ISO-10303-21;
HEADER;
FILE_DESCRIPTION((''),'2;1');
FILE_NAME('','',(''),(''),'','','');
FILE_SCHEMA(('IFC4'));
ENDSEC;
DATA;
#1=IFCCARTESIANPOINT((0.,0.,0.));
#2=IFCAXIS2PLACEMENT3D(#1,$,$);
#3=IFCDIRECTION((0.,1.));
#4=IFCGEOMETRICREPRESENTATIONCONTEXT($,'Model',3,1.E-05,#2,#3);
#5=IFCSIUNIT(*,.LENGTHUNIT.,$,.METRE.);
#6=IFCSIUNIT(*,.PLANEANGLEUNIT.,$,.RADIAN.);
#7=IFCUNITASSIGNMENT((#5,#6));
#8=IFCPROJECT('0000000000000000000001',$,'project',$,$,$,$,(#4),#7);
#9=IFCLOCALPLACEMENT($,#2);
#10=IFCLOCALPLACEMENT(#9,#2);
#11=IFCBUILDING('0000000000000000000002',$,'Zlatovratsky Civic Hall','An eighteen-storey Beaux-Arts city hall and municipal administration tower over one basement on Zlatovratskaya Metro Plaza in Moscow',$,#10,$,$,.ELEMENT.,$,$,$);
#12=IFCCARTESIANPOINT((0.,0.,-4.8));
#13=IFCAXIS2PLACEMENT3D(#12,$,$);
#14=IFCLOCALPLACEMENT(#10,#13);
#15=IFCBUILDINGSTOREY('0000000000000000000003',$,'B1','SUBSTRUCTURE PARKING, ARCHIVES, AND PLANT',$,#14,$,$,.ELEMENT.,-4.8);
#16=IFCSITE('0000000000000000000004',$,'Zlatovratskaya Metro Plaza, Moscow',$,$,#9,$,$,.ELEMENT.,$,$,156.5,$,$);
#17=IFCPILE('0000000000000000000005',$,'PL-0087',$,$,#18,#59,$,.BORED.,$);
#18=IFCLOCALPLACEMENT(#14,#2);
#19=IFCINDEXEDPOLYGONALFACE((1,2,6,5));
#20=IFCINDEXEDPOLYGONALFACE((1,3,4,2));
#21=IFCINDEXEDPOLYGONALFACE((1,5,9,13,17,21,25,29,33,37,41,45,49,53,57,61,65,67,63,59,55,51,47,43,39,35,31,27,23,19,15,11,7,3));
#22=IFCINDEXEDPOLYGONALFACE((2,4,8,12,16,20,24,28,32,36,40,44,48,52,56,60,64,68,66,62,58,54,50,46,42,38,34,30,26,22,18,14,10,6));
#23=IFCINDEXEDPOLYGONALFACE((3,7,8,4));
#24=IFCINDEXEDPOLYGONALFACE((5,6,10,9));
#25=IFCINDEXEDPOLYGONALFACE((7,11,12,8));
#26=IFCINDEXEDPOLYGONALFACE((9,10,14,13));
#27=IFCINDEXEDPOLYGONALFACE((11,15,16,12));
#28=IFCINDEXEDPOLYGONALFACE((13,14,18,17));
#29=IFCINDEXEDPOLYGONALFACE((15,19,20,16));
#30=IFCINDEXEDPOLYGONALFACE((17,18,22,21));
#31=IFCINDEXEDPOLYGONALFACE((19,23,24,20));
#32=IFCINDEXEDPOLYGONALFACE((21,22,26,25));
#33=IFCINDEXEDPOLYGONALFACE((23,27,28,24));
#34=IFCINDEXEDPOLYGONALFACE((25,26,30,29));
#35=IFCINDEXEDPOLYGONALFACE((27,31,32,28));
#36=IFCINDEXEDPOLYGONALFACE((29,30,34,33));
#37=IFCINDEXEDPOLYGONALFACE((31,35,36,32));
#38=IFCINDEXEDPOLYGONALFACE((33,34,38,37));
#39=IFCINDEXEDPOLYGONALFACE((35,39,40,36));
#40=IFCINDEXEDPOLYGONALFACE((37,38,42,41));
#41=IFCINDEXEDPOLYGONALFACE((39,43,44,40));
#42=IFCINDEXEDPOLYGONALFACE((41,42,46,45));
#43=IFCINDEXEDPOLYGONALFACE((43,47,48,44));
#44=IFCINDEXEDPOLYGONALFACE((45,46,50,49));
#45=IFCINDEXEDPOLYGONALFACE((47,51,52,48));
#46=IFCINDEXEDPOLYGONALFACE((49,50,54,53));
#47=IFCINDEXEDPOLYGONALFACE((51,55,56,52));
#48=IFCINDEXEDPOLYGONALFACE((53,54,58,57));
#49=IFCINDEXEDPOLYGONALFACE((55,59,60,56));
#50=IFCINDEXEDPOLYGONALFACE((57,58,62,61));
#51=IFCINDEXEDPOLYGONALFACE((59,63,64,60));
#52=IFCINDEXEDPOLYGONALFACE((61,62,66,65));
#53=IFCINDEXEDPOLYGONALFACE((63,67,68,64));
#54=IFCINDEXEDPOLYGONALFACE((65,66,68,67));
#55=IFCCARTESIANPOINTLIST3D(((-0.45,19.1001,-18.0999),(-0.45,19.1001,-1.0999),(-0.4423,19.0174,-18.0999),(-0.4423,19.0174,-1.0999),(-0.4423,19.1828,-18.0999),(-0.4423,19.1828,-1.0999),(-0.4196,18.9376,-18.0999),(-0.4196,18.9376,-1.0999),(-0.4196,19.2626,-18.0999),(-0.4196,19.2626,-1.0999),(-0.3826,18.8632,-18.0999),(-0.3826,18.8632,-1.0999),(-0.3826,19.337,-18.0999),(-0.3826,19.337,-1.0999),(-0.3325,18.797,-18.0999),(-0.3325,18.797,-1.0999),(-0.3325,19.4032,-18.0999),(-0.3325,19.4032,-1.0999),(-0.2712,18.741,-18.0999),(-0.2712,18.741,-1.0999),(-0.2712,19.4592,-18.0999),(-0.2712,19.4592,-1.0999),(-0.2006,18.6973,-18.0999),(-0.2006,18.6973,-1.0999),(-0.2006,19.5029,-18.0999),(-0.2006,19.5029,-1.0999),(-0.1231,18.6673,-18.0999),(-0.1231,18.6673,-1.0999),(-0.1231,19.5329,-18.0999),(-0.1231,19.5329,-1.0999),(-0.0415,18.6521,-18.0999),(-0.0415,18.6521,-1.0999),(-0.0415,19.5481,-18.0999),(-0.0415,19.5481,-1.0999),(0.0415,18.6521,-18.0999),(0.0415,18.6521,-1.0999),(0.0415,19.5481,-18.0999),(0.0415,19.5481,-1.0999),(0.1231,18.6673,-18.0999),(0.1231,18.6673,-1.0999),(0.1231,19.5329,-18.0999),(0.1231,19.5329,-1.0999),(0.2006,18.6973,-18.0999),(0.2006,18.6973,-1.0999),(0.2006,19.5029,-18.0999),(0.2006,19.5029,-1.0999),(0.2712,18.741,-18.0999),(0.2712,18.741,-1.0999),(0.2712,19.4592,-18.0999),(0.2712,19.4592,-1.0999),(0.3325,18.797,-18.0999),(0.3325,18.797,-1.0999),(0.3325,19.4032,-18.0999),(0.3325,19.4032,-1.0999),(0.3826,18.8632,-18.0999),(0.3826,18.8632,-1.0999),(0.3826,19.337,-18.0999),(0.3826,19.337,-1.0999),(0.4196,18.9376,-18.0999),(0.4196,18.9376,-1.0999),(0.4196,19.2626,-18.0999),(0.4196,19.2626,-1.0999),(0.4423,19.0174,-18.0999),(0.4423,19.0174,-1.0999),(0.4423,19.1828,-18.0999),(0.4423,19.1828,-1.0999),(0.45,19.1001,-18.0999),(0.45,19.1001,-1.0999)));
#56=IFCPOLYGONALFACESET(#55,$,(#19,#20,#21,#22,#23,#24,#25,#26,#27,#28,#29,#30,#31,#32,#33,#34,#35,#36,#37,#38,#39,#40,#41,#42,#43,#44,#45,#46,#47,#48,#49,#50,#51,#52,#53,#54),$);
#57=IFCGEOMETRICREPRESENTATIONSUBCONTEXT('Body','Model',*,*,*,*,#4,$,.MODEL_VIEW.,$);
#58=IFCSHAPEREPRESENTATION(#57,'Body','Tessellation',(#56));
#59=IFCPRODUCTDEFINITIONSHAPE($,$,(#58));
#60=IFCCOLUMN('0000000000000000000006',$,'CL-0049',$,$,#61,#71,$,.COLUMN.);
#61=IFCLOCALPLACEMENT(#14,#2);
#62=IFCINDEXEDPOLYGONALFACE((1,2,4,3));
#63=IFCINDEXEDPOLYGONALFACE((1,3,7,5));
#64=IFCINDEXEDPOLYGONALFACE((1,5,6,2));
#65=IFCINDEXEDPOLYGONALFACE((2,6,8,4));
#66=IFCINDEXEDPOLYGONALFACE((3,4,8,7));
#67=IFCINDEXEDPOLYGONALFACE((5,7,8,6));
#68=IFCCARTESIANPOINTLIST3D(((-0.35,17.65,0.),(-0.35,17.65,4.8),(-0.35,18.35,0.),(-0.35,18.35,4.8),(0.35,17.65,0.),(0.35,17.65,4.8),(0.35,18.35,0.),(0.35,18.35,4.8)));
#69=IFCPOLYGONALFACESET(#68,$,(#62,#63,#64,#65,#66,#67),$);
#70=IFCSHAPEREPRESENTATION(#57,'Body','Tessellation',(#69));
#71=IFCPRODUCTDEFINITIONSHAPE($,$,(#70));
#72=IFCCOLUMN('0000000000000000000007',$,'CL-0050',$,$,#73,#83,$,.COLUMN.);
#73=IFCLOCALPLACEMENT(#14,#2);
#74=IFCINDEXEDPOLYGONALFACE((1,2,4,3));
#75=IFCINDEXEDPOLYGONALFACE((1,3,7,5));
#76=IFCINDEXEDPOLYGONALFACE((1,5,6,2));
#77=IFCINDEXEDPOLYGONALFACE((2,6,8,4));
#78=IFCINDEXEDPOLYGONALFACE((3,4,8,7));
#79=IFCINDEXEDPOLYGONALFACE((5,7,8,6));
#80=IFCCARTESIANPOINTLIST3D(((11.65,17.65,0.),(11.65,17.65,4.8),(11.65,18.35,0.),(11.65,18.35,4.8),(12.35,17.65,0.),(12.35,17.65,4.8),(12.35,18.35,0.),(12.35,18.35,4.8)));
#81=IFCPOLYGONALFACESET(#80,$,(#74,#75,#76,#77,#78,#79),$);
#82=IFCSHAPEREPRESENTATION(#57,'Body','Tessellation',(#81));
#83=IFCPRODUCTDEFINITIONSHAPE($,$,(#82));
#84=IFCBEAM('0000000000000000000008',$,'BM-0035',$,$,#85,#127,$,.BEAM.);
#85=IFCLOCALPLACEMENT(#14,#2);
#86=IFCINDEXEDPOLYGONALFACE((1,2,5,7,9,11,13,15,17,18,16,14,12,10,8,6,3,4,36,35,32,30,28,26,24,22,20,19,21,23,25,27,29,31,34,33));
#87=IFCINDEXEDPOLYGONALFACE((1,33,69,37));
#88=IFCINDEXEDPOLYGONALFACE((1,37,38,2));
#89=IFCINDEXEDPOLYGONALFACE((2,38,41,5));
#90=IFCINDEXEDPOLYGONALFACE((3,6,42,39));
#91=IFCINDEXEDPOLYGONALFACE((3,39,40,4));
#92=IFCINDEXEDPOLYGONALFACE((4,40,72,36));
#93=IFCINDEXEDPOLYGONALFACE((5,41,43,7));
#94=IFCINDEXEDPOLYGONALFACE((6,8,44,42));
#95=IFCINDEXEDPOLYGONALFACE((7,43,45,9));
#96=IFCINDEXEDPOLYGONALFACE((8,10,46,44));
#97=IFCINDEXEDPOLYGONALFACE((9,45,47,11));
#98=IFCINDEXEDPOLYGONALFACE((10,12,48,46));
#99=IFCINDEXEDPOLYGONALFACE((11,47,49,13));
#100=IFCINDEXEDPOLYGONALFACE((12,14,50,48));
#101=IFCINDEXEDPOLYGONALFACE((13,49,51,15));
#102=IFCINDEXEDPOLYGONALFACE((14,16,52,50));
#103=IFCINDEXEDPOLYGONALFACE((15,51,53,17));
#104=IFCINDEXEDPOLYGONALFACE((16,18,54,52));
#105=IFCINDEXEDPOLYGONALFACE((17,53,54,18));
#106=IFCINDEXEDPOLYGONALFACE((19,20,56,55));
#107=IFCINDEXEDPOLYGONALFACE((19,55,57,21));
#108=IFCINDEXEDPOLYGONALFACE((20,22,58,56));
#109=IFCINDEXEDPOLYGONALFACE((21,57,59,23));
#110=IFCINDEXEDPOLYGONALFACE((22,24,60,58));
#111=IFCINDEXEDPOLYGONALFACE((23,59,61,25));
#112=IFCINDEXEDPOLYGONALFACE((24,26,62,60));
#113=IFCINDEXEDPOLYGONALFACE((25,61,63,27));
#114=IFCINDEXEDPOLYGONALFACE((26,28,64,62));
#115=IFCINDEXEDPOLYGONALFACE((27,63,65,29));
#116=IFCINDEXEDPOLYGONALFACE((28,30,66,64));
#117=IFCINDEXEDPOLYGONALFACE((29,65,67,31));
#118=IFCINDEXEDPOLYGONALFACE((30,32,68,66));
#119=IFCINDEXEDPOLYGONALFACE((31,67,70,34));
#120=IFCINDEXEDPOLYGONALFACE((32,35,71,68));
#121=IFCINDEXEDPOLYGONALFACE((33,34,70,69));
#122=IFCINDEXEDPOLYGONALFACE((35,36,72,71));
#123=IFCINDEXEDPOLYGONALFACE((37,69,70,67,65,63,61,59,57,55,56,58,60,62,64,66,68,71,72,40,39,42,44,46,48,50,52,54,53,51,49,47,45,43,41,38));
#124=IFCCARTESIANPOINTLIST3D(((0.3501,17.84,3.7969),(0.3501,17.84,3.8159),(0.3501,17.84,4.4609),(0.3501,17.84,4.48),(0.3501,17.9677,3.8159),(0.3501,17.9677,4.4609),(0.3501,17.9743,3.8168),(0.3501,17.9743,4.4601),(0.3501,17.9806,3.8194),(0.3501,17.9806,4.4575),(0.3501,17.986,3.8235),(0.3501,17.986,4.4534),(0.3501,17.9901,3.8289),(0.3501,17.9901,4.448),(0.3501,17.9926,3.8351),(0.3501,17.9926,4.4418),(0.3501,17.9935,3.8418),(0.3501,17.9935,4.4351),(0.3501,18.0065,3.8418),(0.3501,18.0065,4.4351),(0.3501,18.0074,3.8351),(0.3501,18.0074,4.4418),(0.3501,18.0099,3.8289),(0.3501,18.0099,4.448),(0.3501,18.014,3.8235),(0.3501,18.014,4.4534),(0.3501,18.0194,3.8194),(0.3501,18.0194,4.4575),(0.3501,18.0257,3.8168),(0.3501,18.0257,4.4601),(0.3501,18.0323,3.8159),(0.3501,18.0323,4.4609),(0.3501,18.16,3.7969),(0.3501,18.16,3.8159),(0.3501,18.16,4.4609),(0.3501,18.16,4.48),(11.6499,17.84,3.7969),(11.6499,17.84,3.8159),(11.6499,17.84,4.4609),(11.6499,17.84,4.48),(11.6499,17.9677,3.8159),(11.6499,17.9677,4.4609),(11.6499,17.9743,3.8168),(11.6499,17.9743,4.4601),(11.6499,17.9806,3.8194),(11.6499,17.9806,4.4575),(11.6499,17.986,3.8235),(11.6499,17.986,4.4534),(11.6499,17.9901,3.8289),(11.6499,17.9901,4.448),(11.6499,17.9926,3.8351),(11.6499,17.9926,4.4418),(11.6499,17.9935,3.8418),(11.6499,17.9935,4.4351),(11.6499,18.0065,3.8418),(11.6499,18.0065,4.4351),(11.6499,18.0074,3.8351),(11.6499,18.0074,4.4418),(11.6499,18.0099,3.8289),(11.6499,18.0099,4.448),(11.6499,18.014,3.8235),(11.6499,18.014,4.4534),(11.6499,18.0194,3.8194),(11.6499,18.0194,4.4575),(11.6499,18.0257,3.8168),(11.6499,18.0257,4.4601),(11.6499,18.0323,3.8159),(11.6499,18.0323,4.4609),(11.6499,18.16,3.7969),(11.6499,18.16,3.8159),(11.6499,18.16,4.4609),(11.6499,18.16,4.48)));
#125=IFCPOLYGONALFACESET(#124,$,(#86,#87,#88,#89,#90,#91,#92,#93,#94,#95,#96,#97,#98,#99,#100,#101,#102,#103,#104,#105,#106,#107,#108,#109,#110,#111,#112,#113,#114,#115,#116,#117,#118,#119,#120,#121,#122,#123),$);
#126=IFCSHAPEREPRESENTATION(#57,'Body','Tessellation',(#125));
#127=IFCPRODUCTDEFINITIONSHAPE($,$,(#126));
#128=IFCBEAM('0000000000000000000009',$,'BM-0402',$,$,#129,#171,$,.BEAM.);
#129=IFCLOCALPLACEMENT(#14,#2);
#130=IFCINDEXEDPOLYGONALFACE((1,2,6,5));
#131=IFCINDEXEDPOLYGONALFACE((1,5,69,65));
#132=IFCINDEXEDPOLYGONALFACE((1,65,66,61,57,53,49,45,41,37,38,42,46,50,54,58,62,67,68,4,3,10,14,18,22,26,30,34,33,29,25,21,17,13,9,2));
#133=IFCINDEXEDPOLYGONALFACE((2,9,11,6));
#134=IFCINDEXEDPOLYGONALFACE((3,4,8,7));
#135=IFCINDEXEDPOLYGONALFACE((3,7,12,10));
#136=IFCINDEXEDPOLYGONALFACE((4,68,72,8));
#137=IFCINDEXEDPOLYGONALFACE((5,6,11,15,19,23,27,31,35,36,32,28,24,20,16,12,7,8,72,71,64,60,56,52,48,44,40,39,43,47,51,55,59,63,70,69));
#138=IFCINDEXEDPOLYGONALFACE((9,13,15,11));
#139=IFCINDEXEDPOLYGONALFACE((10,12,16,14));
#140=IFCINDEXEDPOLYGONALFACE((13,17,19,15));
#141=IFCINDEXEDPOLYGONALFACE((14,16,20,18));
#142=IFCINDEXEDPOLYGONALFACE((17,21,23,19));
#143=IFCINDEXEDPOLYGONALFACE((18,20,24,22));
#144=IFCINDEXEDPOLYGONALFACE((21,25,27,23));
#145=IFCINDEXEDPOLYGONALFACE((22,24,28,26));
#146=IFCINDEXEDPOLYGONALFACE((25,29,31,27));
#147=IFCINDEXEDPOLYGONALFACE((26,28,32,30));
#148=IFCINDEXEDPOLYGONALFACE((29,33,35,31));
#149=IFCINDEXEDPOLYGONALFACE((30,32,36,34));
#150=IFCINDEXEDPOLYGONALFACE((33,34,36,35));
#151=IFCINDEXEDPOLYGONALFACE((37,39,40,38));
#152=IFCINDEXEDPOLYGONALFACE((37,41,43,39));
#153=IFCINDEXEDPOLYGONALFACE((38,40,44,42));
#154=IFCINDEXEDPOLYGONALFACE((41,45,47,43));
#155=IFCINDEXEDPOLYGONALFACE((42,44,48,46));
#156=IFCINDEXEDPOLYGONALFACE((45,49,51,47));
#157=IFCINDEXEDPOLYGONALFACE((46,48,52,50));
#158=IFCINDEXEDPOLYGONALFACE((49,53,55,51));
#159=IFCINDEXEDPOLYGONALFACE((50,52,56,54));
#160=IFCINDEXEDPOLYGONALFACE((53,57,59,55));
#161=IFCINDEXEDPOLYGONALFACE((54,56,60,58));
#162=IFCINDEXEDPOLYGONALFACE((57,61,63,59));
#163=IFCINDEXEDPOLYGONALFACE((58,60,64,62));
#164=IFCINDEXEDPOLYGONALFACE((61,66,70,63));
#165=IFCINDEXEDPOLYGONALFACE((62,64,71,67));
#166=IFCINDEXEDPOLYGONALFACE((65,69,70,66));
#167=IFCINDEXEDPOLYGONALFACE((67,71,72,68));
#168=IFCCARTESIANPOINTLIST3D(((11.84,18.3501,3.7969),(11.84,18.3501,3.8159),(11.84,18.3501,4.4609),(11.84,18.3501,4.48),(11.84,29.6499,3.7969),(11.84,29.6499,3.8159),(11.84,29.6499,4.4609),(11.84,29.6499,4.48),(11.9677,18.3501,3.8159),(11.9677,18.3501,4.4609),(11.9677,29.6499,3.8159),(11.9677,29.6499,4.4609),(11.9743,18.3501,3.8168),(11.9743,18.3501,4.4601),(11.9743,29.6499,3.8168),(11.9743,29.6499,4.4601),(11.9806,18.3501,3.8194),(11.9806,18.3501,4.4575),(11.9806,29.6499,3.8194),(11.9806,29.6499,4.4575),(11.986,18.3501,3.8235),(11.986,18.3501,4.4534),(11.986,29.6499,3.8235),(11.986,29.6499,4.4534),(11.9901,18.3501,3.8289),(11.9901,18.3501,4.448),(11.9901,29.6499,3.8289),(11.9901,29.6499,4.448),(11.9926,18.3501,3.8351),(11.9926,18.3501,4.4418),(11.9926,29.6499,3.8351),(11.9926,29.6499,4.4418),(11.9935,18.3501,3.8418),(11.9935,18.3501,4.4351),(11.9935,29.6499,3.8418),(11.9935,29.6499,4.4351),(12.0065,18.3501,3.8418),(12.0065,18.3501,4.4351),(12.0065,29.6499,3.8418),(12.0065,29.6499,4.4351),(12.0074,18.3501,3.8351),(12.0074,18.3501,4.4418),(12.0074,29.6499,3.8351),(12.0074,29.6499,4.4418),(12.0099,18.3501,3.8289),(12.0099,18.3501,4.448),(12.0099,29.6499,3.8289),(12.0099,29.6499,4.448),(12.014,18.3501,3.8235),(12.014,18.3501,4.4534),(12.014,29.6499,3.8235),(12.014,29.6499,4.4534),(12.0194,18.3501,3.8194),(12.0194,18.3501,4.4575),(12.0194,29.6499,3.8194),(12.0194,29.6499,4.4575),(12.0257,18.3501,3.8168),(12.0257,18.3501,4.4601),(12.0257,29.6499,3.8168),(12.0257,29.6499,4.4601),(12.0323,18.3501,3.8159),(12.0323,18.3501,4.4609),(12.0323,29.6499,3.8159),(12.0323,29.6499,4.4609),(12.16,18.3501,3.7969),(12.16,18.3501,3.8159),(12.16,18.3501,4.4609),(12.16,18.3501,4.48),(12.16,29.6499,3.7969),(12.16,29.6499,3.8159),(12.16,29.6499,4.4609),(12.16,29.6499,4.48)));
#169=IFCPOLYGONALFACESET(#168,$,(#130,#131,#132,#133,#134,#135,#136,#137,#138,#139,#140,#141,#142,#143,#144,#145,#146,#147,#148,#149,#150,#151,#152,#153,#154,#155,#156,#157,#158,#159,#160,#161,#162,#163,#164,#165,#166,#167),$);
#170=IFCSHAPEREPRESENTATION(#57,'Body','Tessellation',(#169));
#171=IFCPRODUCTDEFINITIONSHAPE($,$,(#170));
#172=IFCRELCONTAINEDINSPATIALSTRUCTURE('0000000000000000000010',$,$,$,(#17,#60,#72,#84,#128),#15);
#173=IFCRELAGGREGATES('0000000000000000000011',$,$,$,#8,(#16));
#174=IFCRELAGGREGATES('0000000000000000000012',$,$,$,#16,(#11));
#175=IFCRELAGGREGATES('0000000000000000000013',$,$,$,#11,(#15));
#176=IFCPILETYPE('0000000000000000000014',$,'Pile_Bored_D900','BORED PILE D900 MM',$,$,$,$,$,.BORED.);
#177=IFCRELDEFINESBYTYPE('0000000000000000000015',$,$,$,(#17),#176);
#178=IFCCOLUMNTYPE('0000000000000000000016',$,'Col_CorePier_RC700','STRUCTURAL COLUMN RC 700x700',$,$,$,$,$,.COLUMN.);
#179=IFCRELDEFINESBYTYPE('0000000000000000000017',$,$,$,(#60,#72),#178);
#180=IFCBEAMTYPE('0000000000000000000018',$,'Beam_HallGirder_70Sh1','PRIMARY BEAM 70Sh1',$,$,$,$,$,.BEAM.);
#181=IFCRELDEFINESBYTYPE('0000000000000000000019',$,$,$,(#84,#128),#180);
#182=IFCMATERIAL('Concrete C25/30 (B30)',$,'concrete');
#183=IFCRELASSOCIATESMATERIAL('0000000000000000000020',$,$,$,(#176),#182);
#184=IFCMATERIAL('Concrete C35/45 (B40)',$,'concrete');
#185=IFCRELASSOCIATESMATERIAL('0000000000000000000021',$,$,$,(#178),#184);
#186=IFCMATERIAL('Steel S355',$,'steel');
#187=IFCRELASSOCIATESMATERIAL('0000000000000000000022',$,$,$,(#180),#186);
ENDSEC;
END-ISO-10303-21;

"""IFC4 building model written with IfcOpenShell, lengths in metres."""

from ifc_helpers import new_model, si_unit, direction, frame, origin, origin_2d, place, context, subcontext, project, spatial, rectangle, circle, i_section, extrude, material, material_profile, profile_set, type_object, element, save


model = new_model("IFC4")

# Units and contexts
model_context = context("Model", 3, precision=1e-05, world=origin(), true_north=direction((0.0, 1.0)))
body_context = subcontext(model_context, "Body", "Model", "MODEL_VIEW")
ifc_project = project(units=[si_unit("LENGTHUNIT", "METRE"), si_unit("PLANEANGLEUNIT", "RADIAN")], contexts=[model_context])

# Site, building, storey
site_placement = place(None, origin())
site = spatial("IfcSite", under=ifc_project, at=site_placement, Name="Zlatovratskaya Metro Plaza, Moscow", CompositionType="ELEMENT", RefElevation=156.5)
building_placement = place(site_placement, origin())
building = spatial("IfcBuilding", under=site, at=building_placement, Name="Zlatovratsky Civic Hall", Description="An eighteen-storey Beaux-Arts city hall and municipal administration tower over one basement on Zlatovratskaya Metro Plaza in Moscow", CompositionType="ELEMENT")
storey_placement = place(building_placement, frame((0.0, 0.0, -4.8)))
storey = spatial("IfcBuildingStorey", under=building, at=storey_placement, Name="B1", Description="SUBSTRUCTURE PARKING, ARCHIVES, AND PLANT", CompositionType="ELEMENT", Elevation=-4.8)

# Shared definitions
ifc_material_1 = material(Name="Concrete C25/30 (B30)", Category="concrete")

# Pile
ifc_material_profile_1 = material_profile(ifc_material_1, circle(Radius=0.45, at=origin_2d()), Name="PILE D900")
ifc_profile_set_1 = profile_set([ifc_material_profile_1], Name="Concrete C25/30 (B30)")
pile_type_1 = type_object("IfcPileType", Name="Pile_Bored_D900", Description="BORED PILE D900 MM", PredefinedType="BORED", material=ifc_profile_set_1)
for number, where, z_axis, x_axis, name in (
    (1, (0.0, 19.1001, -1.0999), (0.0, 0.0, -1.0), (1.0, 0.0, 0.0), "PL-0087"),
):
    element("IfcPile", number, at=place(storey_placement, frame(where, z_axis=z_axis, x_axis=x_axis)), inside=storey, type_object=pile_type_1, Name=name, PredefinedType="BORED", context=body_context, shape_type="SweptSolid", body=[
        extrude(circle(Radius=0.45, at=origin_2d()), origin(), (0.0, 0.0, 1.0), 17.0),
    ])

# Columns
ifc_material_2 = material(Name="Concrete C35/45 (B40)", Category="concrete")
ifc_material_profile_2 = material_profile(ifc_material_2, rectangle(XDim=0.7, YDim=0.7, at=origin_2d()), Name="RC 700x700")
ifc_profile_set_2 = profile_set([ifc_material_profile_2], Name="Concrete C35/45 (B40)")
column_type = type_object("IfcColumnType", Name="Col_CorePier_RC700", Description="STRUCTURAL COLUMN RC 700x700", PredefinedType="COLUMN", material=ifc_profile_set_2)
for number, where, z_axis, x_axis, name in (
    (2, (0.0, 18.0, 0.0), (0.0, 0.0, 1.0), (1.0, 0.0, 0.0), "CL-0049"),
    (3, (12.0, 18.0, 0.0), (0.0, 0.0, 1.0), (1.0, 0.0, 0.0), "CL-0050"),
):
    element("IfcColumn", number, at=place(storey_placement, frame(where, z_axis=z_axis, x_axis=x_axis)), inside=storey, type_object=column_type, Name=name, PredefinedType="COLUMN", context=body_context, shape_type="SweptSolid", body=[
        extrude(rectangle(XDim=0.7, YDim=0.7, at=origin_2d()), origin(), (0.0, 0.0, 1.0), 4.8),
    ])

# Beams
ifc_material_3 = material(Name="Steel S355", Category="steel")
ifc_material_profile_3 = material_profile(ifc_material_3, i_section(OverallWidth=0.3201, OverallDepth=0.6831, WebThickness=0.0129, FlangeThickness=0.019, FilletRadius=0.0259, at=origin_2d()), Name="70Sh1")
ifc_profile_set_3 = profile_set([ifc_material_profile_3], Name="Steel S355")
beam_type_1 = type_object("IfcBeamType", Name="Beam_HallGirder_70Sh1", Description="PRIMARY BEAM 70Sh1", PredefinedType="BEAM", material=ifc_profile_set_3)
for number, where, z_axis, x_axis, name in (
    (4, (0.3501, 18.0, 4.1384), (1.0, 0.0, 0.0), (0.0, 1.0, 0.0), "BM-0035"),
    (5, (12.0, 18.3501, 4.1384), (0.0, 1.0, 0.0), (-1.0, 0.0, 0.0), "BM-0402"),
):
    element("IfcBeam", number, at=place(storey_placement, frame(where, z_axis=z_axis, x_axis=x_axis)), inside=storey, type_object=beam_type_1, Name=name, PredefinedType="BEAM", context=body_context, shape_type="SweptSolid", body=[
        extrude(i_section(OverallWidth=0.3201, OverallDepth=0.6831, WebThickness=0.0129, FlangeThickness=0.019, FilletRadius=0.0259, at=origin_2d()), origin(), (0.0, 0.0, 1.0), 11.2998),
    ])

save(model, "model.ifc")
